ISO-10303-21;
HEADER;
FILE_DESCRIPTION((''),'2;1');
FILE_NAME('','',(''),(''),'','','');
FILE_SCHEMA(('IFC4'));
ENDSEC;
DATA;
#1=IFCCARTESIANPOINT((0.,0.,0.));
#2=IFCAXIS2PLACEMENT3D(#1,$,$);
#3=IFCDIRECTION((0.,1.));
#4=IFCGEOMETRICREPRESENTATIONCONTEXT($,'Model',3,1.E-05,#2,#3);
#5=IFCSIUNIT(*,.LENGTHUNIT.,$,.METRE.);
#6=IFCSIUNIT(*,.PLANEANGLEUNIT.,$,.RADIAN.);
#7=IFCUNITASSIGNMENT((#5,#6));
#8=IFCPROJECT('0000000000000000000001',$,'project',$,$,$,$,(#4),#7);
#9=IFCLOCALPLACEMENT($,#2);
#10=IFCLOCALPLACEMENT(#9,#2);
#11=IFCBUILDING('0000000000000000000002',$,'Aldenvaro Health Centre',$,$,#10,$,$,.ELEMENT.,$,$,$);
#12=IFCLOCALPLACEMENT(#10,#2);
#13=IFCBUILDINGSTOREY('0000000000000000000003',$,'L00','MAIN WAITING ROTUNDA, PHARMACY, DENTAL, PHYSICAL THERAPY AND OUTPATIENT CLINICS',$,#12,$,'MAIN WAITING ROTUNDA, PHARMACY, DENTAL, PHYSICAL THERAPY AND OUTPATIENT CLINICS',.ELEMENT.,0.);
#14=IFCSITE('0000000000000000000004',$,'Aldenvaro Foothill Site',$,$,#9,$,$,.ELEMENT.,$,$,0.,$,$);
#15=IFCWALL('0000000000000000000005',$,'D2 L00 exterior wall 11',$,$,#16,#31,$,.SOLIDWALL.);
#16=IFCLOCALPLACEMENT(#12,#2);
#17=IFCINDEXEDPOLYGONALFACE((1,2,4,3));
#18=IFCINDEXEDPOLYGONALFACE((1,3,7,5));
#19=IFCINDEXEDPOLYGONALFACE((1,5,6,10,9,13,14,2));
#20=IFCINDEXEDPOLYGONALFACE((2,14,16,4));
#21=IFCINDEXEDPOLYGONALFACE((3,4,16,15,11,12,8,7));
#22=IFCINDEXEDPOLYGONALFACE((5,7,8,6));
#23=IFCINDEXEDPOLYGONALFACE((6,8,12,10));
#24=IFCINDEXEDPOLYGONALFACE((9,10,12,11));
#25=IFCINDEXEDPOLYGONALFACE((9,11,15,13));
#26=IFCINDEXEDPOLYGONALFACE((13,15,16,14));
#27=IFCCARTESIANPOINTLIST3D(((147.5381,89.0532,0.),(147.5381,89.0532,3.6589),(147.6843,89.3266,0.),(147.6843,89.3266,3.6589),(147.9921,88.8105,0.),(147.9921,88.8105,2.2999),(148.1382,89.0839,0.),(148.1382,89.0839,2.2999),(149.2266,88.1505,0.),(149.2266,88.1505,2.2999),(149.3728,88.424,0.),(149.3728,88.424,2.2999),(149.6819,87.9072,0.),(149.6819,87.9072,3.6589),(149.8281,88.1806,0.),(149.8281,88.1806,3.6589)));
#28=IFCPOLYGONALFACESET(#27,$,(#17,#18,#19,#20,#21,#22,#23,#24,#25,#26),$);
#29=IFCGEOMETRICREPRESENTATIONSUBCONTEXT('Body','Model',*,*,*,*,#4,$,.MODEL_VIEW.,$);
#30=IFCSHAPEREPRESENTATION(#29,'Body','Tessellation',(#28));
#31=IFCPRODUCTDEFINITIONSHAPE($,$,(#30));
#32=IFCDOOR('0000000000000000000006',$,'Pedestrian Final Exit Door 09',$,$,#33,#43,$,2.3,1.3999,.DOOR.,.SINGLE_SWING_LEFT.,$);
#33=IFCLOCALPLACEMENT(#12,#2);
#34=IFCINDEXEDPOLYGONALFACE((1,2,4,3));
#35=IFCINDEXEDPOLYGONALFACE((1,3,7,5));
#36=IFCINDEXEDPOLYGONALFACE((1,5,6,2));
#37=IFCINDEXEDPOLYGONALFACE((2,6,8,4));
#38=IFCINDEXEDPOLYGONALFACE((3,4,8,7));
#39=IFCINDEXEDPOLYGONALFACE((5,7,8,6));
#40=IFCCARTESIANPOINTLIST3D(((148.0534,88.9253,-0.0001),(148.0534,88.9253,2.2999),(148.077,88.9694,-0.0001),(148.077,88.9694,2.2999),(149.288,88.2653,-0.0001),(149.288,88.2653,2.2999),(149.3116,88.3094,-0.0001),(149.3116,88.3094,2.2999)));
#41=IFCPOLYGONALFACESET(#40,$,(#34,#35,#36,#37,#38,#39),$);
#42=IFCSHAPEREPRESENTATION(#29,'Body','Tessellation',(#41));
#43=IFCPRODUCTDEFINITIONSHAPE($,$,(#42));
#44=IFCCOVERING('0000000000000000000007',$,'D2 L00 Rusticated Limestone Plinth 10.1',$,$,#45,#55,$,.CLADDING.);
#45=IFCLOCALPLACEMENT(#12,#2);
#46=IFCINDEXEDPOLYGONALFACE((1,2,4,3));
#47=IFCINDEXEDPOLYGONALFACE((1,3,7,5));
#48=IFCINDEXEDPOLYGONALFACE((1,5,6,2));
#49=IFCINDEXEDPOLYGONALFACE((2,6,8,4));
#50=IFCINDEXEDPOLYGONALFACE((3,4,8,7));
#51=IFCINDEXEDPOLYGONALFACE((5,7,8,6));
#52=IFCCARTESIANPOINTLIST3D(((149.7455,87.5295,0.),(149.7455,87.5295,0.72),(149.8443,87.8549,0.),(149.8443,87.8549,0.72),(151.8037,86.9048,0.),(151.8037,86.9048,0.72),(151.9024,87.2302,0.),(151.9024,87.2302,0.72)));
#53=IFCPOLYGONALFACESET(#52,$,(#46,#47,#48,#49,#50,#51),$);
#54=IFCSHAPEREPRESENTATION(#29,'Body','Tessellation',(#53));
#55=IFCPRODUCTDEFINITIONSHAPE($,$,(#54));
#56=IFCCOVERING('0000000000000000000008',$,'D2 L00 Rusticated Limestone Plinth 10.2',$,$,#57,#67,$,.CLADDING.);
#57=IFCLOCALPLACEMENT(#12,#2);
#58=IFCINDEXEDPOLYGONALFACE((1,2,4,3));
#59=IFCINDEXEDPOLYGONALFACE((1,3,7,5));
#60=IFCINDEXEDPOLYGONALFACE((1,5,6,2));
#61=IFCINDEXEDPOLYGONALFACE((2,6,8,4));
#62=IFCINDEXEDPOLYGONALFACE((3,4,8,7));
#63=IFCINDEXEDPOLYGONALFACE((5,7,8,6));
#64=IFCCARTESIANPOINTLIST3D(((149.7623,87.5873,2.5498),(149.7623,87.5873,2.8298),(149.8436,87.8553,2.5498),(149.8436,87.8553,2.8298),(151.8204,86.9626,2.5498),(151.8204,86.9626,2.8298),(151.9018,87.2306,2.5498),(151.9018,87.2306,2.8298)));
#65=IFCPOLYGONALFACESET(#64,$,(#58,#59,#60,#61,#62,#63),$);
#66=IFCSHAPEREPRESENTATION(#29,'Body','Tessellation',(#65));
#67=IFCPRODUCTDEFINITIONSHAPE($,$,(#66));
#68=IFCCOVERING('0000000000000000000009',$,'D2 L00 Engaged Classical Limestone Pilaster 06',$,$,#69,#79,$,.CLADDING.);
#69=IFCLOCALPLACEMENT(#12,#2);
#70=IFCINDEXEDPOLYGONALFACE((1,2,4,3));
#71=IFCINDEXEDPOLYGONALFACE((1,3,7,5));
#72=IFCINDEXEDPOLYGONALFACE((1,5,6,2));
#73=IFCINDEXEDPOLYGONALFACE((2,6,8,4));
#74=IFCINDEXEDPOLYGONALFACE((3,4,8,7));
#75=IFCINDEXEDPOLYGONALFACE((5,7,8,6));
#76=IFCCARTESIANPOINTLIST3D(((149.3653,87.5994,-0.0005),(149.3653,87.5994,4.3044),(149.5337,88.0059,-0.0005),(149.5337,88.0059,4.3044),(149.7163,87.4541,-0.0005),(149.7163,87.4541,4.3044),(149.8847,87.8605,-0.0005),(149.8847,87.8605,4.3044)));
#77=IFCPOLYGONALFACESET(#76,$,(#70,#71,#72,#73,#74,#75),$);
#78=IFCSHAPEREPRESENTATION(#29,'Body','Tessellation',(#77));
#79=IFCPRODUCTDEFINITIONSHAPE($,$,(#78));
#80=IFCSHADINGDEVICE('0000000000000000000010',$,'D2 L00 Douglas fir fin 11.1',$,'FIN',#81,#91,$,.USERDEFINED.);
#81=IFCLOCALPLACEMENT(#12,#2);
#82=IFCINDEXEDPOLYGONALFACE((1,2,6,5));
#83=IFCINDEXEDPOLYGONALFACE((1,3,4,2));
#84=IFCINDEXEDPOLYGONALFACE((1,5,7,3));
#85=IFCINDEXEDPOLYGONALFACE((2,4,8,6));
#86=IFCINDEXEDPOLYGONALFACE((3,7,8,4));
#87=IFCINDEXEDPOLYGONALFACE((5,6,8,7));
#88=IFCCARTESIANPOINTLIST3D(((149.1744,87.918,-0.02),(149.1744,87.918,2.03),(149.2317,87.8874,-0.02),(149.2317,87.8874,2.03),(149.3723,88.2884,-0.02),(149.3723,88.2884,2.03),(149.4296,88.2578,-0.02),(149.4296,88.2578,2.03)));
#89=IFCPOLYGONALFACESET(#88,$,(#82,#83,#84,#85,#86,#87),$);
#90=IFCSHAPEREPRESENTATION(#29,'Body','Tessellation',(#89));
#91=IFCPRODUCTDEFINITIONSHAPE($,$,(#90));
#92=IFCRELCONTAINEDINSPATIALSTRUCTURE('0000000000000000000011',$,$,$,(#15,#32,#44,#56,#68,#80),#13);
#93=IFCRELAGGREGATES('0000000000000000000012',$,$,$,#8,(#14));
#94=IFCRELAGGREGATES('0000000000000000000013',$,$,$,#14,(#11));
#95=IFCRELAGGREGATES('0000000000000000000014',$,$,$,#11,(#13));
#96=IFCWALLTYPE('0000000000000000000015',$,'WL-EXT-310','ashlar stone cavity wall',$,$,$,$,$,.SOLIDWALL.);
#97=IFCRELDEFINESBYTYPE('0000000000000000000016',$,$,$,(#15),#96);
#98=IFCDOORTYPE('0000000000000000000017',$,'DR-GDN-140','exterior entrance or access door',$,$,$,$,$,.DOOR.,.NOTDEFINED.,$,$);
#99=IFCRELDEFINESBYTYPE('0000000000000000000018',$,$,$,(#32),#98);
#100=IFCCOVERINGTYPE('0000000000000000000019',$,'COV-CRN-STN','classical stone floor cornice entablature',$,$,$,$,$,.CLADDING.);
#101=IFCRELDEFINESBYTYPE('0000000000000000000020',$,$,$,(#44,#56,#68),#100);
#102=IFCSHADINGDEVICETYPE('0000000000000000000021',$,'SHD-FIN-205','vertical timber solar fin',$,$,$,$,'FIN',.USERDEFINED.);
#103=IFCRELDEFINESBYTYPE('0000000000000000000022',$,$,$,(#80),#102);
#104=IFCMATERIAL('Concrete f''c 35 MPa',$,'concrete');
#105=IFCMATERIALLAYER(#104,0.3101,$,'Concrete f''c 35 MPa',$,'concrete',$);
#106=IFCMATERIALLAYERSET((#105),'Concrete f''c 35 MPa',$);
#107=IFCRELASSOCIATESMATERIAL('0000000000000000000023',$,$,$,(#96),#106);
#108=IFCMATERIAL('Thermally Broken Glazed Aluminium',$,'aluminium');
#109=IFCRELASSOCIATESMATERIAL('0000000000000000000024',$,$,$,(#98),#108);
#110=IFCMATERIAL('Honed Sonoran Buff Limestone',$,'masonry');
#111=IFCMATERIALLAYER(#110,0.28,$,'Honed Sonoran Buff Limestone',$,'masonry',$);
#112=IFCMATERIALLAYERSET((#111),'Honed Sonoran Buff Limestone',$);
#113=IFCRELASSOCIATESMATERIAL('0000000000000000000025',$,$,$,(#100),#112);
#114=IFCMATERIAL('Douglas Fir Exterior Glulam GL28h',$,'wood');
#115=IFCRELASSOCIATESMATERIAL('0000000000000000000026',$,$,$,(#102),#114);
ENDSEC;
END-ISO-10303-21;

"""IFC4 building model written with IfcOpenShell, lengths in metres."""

from ifc_helpers import new_model, si_unit, direction, frame, frame_2d, origin, origin_2d, place, context, subcontext, project, spatial, rectangle, extrude, material, layer, layer_set, type_object, element, fill, save


model = new_model("IFC4")

# Units and contexts
model_context = context("Model", 3, precision=1e-05, world=origin(), true_north=direction((0.0, 1.0)))
body_context = subcontext(model_context, "Body", "Model", "MODEL_VIEW")
ifc_project = project(units=[si_unit("LENGTHUNIT", "METRE"), si_unit("PLANEANGLEUNIT", "RADIAN")], contexts=[model_context])

# Site, building, storey
site_placement = place(None, origin())
site = spatial("IfcSite", under=ifc_project, at=site_placement, Name="Aldenvaro Foothill Site", CompositionType="ELEMENT", RefElevation=0.0)
building_placement = place(site_placement, origin())
building = spatial("IfcBuilding", under=site, at=building_placement, Name="Aldenvaro Health Centre", CompositionType="ELEMENT")
storey_placement = place(building_placement, origin())
storey = spatial("IfcBuildingStorey", under=building, at=storey_placement, Name="L00", Description="MAIN WAITING ROTUNDA, PHARMACY, DENTAL, PHYSICAL THERAPY AND OUTPATIENT CLINICS", LongName="MAIN WAITING ROTUNDA, PHARMACY, DENTAL, PHYSICAL THERAPY AND OUTPATIENT CLINICS", CompositionType="ELEMENT", Elevation=0.0)

# Shared definitions
ifc_material_1 = material(Name="Concrete f'c 35 MPa", Category="concrete")
ifc_layer_1 = layer(ifc_material_1, 0.3101, Name="Concrete f'c 35 MPa", Category="concrete")
ifc_layer_set_1 = layer_set([ifc_layer_1], Name="Concrete f'c 35 MPa")
wall_type = type_object("IfcWallType", Name="WL-EXT-310", Description="ashlar stone cavity wall", PredefinedType="SOLIDWALL", material=ifc_layer_set_1)

# Wall, opening, door
wall_1_placement = place(storey_placement, frame((149.7549, 88.0439, 0.0), z_axis=(0.0, 0.0, 1.0), x_axis=(-0.881902, 0.471432, 0.0)))
wall_1 = element("IfcWall", 1, at=wall_1_placement, inside=storey, type_object=wall_type, Name="D2 L00 exterior wall 11", PredefinedType="SOLIDWALL", context=body_context, shape_type="SweptSolid", body=[
    extrude(rectangle(XDim=2.4309, YDim=0.3101, at=frame_2d((1.2153, 0.0))), origin(), (0.0, 0.0, 1.0), 3.6589),
])
opening_placement = place(wall_1_placement, frame((0.5161, 0.0, 0.0)))
opening = element("IfcOpeningElement", 2, at=opening_placement, cuts=wall_1, PredefinedType="OPENING", context=body_context, shape_type="SweptSolid", body=[
    extrude(rectangle(XDim=1.3999, YDim=2.3, at=frame_2d((0.7, 1.1499))), frame((0.0, 0.165, 0.0), z_axis=(0.0, -1.0, 0.0), x_axis=(1.0, 0.0, 0.0)), (0.0, 0.0, 1.0), 0.3301),
])
ifc_material_2 = material(Name="Thermally Broken Glazed Aluminium", Category="aluminium")
door_type = type_object("IfcDoorType", Name="DR-GDN-140", Description="exterior entrance or access door", OperationType="NOTDEFINED", PredefinedType="DOOR", material=ifc_material_2)
door_placement = place(opening_placement, origin())
door = element("IfcDoor", 3, at=door_placement, inside=storey, type_object=door_type, Name="Pedestrian Final Exit Door 09", OperationType="SINGLE_SWING_LEFT", OverallHeight=2.3, OverallWidth=1.3999, PredefinedType="DOOR", context=body_context, shape_type="SweptSolid", body=[
    extrude(rectangle(XDim=1.3999, YDim=2.3, at=frame_2d((0.7, 1.1499))), frame((0.0, 0.0249, 0.0), z_axis=(0.0, -1.0, 0.0), x_axis=(1.0, 0.0, 0.0)), (0.0, 0.0, 1.0), 0.05),
])
fill(opening, door)

# Coverings
ifc_material_3 = material(Name="Honed Sonoran Buff Limestone", Category="masonry")
ifc_layer_2 = layer(ifc_material_3, 0.28, Name="Honed Sonoran Buff Limestone", Category="masonry")
ifc_layer_set_2 = layer_set([ifc_layer_2], Name="Honed Sonoran Buff Limestone")
covering_type = type_object("IfcCoveringType", Name="COV-CRN-STN", Description="classical stone floor cornice entablature", PredefinedType="CLADDING", material=ifc_layer_set_2)
covering_1_placement = place(storey_placement, frame((150.824, 87.3799, 0.0), z_axis=(0.0, 0.0, 1.0), x_axis=(-0.956893, 0.290441, 0.0)))
element("IfcCovering", 4, at=covering_1_placement, inside=storey, type_object=covering_type, Name="D2 L00 Rusticated Limestone Plinth 10.1", PredefinedType="CLADDING", context=body_context, shape_type="SweptSolid", body=[
    extrude(rectangle(XDim=2.1509, YDim=0.3401, at=origin_2d()), origin(), (0.0, 0.0, 1.0), 0.72),
])
covering_2_placement = place(storey_placement, frame((150.832, 87.4089, 2.5498), z_axis=(0.0, 0.0, 1.0), x_axis=(-0.956893, 0.290441, 0.0)))
element("IfcCovering", 5, at=covering_2_placement, inside=storey, type_object=covering_type, Name="D2 L00 Rusticated Limestone Plinth 10.2", PredefinedType="CLADDING", context=body_context, shape_type="SweptSolid", body=[
    extrude(rectangle(XDim=2.1509, YDim=0.28, at=origin_2d()), origin(), (0.0, 0.0, 1.0), 0.28),
])
covering_3_placement = place(storey_placement, frame((149.625, 87.73, -0.0005), z_axis=(0.0, 0.0, 1.0), x_axis=(-0.382668, -0.923886, 0.0)))
element("IfcCovering", 6, at=covering_3_placement, inside=storey, type_object=covering_type, Name="D2 L00 Engaged Classical Limestone Pilaster 06", PredefinedType="CLADDING", context=body_context, shape_type="SweptSolid", body=[
    extrude(rectangle(XDim=0.4399, YDim=0.3799, at=origin_2d()), origin(), (0.0, 0.0, 1.0), 4.3049),
])

# Shading device
ifc_material_4 = material(Name="Douglas Fir Exterior Glulam GL28h", Category="wood")
shading_device_type = type_object("IfcShadingDeviceType", Name="SHD-FIN-205", Description="vertical timber solar fin", ElementType="FIN", PredefinedType="USERDEFINED", material=ifc_material_4)
shading_device_placement = place(storey_placement, frame((149.302, 88.0879, -0.02), z_axis=(0.0, 0.0, 1.0), x_axis=(-0.88192, 0.471399, 0.0)))
element("IfcShadingDevice", 7, at=shading_device_placement, inside=storey, type_object=shading_device_type, Name="D2 L00 Douglas fir fin 11.1", ObjectType="FIN", PredefinedType="USERDEFINED", context=body_context, shape_type="SweptSolid", body=[
    extrude(rectangle(XDim=0.0649, YDim=0.4199, at=origin_2d()), origin(), (0.0, 0.0, 1.0), 2.05),
])

save(model, "model.ifc")
